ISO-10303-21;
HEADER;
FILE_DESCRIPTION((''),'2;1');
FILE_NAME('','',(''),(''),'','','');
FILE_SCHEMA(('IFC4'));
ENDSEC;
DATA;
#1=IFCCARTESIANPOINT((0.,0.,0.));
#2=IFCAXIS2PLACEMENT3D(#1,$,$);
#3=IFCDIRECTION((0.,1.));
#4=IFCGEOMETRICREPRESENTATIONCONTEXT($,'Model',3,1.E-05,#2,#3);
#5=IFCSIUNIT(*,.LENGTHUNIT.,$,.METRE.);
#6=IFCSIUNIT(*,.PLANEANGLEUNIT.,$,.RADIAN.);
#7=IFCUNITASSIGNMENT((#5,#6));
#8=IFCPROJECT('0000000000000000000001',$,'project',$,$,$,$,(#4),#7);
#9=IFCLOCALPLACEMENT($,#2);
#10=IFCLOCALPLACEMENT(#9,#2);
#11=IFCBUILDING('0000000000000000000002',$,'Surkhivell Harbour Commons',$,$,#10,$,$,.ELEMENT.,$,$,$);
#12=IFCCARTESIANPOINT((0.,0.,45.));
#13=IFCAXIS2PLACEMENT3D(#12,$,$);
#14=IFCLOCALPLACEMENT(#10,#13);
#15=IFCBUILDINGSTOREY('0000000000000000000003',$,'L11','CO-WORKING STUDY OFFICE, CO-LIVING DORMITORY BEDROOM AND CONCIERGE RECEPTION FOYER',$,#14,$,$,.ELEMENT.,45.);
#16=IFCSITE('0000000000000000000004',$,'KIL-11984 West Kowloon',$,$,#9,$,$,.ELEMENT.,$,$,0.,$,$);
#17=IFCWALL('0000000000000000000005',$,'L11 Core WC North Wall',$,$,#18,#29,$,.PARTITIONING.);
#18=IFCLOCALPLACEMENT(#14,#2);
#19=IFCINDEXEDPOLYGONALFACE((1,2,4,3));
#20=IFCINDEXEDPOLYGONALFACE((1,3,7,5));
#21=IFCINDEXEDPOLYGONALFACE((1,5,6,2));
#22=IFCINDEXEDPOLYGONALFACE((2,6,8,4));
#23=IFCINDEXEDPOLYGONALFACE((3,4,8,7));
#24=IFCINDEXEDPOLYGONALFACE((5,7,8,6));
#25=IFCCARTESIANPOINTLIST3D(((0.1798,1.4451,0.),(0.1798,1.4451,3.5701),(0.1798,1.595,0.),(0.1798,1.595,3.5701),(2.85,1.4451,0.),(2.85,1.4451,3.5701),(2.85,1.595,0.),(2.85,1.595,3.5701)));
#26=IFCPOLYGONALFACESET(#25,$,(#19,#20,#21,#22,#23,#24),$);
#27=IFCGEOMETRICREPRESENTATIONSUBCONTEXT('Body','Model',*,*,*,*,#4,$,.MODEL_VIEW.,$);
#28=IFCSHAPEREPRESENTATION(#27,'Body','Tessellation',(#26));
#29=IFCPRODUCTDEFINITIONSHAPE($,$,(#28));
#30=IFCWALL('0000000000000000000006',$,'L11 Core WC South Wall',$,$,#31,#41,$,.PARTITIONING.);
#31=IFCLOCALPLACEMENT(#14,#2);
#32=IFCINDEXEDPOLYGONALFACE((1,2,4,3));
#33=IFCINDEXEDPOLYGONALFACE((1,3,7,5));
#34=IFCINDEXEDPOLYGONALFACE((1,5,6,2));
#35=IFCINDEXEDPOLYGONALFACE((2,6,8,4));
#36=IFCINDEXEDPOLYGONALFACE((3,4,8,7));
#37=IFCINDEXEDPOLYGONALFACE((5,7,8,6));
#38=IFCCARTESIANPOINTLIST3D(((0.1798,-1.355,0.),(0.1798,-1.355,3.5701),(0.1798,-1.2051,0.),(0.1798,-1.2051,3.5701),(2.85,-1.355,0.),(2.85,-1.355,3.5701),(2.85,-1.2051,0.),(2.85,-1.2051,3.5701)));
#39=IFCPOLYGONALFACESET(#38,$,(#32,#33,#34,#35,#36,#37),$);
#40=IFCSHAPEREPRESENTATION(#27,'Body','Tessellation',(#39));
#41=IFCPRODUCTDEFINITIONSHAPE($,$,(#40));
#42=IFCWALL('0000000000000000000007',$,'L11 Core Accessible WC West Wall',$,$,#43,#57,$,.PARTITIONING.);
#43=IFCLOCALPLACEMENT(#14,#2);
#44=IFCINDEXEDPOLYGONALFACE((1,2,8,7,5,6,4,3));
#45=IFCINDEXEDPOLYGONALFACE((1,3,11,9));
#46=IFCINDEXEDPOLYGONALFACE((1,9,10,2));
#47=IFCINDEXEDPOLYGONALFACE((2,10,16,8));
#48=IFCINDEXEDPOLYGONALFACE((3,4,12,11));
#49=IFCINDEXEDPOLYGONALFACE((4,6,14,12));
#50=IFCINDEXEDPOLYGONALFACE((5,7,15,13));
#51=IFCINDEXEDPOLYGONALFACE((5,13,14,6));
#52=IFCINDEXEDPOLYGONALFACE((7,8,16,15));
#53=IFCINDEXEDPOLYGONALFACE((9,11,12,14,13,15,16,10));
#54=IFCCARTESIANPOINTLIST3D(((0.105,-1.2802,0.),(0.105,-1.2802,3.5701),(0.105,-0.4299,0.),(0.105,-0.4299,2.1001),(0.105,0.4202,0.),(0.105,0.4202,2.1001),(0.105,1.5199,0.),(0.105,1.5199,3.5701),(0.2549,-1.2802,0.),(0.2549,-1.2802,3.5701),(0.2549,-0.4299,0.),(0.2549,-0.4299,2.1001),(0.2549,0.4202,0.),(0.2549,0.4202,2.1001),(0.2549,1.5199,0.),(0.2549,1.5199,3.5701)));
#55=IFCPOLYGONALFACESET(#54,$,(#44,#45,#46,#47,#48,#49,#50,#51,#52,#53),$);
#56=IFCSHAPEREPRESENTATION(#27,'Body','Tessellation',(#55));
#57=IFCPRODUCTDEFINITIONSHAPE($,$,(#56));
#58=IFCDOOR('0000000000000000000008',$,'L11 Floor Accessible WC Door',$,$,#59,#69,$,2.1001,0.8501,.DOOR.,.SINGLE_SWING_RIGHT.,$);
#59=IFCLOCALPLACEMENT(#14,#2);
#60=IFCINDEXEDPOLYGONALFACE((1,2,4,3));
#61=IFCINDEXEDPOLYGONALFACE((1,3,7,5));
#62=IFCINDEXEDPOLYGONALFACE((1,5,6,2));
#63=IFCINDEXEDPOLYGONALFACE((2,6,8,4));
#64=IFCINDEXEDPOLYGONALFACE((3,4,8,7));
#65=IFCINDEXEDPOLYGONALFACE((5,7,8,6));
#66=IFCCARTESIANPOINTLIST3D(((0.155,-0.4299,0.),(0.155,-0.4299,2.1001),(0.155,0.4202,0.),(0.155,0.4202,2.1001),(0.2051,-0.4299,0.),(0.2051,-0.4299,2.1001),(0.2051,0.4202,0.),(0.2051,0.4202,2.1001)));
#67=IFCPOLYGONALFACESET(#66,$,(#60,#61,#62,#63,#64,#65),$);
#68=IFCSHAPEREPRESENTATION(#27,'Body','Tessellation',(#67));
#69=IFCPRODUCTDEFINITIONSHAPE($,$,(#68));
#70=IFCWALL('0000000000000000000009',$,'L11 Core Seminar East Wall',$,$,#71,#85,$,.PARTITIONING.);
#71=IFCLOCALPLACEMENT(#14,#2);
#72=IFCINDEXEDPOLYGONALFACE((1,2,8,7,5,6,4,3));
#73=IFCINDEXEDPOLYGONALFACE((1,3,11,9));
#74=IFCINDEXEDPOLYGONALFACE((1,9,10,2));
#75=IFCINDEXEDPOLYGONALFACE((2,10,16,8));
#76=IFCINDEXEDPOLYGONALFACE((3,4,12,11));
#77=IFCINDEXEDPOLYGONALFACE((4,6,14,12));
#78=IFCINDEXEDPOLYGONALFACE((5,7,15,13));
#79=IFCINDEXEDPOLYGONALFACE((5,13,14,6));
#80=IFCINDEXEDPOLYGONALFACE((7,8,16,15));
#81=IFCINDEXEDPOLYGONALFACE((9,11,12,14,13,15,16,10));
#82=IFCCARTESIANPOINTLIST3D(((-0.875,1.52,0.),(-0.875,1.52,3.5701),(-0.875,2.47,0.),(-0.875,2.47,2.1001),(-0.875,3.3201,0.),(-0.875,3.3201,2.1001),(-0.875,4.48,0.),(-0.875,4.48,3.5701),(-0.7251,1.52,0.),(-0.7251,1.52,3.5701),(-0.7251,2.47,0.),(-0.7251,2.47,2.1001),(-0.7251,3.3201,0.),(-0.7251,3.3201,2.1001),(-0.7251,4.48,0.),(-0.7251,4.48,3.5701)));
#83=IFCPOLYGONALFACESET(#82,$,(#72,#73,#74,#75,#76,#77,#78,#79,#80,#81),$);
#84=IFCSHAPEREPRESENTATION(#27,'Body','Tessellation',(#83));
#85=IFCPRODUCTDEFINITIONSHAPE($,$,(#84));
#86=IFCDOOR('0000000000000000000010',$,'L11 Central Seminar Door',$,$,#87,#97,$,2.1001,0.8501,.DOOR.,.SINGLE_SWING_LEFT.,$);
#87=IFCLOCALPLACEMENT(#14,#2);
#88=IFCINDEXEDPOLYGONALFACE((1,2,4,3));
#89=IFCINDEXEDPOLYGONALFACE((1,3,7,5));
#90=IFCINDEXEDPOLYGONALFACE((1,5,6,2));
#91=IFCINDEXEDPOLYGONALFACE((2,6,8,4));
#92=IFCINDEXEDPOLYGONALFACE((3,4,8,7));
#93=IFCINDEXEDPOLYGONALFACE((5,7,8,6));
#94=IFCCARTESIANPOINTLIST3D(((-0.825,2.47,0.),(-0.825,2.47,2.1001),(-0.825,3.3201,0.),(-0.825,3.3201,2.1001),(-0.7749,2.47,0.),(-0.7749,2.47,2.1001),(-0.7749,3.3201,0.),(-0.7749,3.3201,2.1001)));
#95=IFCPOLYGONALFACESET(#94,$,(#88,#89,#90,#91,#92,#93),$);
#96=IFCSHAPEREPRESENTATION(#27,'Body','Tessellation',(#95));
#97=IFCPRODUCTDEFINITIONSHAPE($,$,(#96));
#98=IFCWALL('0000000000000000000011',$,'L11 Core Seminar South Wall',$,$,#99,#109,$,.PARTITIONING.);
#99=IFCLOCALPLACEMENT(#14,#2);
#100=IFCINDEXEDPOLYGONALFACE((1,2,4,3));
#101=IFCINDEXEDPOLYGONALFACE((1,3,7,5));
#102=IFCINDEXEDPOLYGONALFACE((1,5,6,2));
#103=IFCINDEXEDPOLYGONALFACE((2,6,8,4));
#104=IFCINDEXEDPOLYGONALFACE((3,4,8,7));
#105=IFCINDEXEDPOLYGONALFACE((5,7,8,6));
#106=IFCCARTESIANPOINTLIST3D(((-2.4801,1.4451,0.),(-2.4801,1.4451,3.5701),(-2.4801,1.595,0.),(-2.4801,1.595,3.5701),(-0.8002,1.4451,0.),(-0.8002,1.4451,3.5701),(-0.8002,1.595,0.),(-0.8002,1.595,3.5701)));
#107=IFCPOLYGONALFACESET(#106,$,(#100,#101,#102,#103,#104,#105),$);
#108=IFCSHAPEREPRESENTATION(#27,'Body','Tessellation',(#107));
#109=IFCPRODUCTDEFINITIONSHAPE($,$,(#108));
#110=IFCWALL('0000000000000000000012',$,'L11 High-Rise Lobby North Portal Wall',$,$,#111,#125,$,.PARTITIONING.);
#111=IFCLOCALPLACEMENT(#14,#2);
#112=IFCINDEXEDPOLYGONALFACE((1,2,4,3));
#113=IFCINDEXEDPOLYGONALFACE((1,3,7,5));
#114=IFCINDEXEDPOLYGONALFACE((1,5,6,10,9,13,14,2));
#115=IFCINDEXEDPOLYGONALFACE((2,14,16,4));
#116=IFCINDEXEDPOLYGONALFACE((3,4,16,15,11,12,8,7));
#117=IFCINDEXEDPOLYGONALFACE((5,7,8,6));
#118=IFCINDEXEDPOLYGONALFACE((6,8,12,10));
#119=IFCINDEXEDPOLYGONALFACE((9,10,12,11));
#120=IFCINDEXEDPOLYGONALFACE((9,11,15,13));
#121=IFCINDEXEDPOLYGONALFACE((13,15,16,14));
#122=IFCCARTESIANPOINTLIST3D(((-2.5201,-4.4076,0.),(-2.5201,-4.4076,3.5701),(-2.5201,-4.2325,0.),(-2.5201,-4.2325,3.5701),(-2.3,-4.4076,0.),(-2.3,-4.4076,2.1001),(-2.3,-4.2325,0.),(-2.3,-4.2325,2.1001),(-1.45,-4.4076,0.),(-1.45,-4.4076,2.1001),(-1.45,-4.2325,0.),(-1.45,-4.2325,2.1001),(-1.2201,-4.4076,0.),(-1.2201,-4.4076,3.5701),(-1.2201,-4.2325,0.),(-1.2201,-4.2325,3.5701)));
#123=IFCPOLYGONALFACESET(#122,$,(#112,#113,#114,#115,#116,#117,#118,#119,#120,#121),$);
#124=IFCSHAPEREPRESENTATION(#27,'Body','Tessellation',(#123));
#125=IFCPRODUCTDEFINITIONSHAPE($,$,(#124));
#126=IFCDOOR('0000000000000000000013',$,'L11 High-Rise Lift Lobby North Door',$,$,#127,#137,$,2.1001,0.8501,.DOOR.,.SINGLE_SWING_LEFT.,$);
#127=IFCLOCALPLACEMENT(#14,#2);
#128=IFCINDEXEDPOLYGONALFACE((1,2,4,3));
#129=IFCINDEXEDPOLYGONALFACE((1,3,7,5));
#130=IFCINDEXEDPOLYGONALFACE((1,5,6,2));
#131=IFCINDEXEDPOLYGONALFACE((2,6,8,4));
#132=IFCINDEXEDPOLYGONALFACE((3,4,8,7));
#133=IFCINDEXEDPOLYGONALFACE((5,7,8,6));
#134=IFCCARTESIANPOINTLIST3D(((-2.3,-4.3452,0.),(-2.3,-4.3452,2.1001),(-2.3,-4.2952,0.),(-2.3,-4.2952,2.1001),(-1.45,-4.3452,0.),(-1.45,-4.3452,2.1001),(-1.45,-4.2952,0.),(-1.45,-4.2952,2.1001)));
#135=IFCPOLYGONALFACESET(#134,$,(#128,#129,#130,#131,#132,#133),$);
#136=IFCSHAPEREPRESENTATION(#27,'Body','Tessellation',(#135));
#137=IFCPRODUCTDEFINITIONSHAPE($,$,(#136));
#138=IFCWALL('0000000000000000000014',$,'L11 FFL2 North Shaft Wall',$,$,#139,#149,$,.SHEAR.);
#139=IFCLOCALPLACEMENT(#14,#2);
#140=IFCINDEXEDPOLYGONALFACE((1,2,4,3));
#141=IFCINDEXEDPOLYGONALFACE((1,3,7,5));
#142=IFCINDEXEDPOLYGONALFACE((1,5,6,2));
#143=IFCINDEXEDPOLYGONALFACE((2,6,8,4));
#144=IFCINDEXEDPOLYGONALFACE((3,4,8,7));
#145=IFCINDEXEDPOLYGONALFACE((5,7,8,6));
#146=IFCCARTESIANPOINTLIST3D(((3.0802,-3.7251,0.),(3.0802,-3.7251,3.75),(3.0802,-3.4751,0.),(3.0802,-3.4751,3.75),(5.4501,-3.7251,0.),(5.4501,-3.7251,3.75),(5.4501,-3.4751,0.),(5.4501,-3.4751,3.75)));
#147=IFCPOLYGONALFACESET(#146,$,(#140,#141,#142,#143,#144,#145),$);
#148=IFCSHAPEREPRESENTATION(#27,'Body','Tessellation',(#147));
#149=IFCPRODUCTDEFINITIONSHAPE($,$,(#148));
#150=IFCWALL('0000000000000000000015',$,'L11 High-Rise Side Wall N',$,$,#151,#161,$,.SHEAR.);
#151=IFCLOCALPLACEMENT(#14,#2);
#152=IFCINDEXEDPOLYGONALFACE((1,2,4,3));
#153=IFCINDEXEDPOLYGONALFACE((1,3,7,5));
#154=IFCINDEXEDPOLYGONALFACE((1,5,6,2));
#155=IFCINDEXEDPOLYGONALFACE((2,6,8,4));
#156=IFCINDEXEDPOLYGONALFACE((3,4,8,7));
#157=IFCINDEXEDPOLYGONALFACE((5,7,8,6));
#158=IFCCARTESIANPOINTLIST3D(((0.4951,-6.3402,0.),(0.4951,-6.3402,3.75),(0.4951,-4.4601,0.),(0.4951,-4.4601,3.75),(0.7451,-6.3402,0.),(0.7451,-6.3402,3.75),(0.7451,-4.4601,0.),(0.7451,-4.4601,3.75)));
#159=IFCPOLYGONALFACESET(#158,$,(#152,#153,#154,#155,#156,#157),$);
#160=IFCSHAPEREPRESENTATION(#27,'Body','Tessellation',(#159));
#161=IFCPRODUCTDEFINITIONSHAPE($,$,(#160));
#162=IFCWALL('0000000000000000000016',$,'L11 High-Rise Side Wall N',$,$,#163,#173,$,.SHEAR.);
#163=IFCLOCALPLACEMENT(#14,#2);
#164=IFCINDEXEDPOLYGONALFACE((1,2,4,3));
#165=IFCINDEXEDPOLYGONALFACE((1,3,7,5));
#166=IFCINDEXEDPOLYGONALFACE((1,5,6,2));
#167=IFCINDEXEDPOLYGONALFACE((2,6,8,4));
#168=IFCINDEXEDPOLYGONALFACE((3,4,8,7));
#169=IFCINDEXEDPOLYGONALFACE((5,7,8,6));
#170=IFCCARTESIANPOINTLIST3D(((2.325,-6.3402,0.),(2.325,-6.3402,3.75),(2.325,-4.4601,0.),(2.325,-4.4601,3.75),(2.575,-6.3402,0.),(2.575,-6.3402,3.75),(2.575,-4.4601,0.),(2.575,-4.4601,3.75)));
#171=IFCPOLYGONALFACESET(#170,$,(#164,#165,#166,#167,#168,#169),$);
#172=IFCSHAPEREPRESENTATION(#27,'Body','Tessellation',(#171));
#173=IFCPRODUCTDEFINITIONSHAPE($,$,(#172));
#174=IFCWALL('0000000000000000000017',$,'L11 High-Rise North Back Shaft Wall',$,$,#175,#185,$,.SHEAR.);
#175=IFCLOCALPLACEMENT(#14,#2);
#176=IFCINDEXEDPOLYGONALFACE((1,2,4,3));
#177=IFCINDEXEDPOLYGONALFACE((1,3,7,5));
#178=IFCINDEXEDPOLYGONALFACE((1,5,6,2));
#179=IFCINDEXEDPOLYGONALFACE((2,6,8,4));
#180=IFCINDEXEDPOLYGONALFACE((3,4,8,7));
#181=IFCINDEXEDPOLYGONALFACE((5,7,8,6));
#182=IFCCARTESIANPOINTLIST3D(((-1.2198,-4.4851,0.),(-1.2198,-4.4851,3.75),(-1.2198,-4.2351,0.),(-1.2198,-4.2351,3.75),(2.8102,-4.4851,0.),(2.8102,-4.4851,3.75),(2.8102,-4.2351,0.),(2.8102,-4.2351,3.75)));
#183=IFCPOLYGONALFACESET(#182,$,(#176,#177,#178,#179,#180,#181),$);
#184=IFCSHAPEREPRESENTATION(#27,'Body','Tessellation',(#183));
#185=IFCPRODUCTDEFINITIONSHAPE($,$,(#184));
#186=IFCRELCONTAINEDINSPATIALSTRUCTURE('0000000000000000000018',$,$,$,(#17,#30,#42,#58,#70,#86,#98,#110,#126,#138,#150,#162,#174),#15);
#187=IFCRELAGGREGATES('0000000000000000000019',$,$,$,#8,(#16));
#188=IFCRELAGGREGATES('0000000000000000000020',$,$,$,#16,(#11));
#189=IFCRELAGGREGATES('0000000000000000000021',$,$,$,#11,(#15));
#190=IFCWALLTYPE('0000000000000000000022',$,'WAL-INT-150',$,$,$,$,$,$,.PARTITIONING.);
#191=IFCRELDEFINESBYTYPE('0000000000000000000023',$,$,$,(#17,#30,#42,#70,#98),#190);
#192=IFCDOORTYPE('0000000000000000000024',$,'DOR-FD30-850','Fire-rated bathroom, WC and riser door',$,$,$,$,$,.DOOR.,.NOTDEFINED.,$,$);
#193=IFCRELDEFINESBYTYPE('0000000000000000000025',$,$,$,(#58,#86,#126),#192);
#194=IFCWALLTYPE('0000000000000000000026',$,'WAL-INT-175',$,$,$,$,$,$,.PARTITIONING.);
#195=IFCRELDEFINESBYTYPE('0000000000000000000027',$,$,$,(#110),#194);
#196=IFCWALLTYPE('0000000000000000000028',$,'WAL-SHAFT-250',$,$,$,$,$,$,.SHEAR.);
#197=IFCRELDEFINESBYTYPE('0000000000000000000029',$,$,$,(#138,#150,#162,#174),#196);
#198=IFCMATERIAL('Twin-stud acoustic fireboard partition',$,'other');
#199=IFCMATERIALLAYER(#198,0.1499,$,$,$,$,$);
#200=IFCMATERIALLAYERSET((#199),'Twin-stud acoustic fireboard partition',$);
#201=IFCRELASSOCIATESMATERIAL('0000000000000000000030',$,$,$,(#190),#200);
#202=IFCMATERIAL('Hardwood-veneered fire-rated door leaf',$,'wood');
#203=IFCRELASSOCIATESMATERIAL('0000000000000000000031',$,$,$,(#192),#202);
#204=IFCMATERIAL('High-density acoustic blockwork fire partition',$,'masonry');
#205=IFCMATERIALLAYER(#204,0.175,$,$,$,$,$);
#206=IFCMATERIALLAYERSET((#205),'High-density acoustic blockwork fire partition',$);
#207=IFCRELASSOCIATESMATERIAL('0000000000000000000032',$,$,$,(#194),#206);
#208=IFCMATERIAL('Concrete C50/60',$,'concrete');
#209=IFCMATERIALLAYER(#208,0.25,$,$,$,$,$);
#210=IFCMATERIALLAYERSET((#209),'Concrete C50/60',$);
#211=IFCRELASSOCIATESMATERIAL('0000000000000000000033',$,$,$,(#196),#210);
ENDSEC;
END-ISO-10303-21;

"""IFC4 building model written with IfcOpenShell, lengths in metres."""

from ifc_helpers import new_model, si_unit, direction, frame, frame_2d, origin, place, context, subcontext, project, spatial, rectangle, extrude, material, layer, layer_set, type_object, element, fill, save


model = new_model("IFC4")

# Units and contexts
model_context = context("Model", 3, precision=1e-05, world=origin(), true_north=direction((0.0, 1.0)))
body_context = subcontext(model_context, "Body", "Model", "MODEL_VIEW")
ifc_project = project(units=[si_unit("LENGTHUNIT", "METRE"), si_unit("PLANEANGLEUNIT", "RADIAN")], contexts=[model_context])

# Site, building, storey
site_placement = place(None, origin())
site = spatial("IfcSite", under=ifc_project, at=site_placement, Name="KIL-11984 West Kowloon", CompositionType="ELEMENT", RefElevation=0.0)
building_placement = place(site_placement, origin())
building = spatial("IfcBuilding", under=site, at=building_placement, Name="Surkhivell Harbour Commons", CompositionType="ELEMENT")
storey_placement = place(building_placement, frame((0.0, 0.0, 45.0)))
storey = spatial("IfcBuildingStorey", under=building, at=storey_placement, Name="L11", Description="CO-WORKING STUDY OFFICE, CO-LIVING DORMITORY BEDROOM AND CONCIERGE RECEPTION FOYER", CompositionType="ELEMENT", Elevation=45.0)

# Walls
ifc_material_1 = material(Name="Twin-stud acoustic fireboard partition", Category="other")
ifc_layer_1 = layer(ifc_material_1, 0.1499)
ifc_layer_set_1 = layer_set([ifc_layer_1], Name="Twin-stud acoustic fireboard partition")
wall_type_1 = type_object("IfcWallType", Name="WAL-INT-150", PredefinedType="PARTITIONING", material=ifc_layer_set_1)
for number, where, z_axis, x_axis, name in (
    (1, (0.1799, 1.52, 0.0), (0.0, 0.0, 1.0), (1.0, 0.0, 0.0), "L11 Core WC North Wall"),
    (2, (0.1799, -1.28, 0.0), (0.0, 0.0, 1.0), (1.0, 0.0, 0.0), "L11 Core WC South Wall"),
):
    element("IfcWall", number, at=place(storey_placement, frame(where, z_axis=z_axis, x_axis=x_axis)), inside=storey, type_object=wall_type_1, Name=name, PredefinedType="PARTITIONING", context=body_context, shape_type="SweptSolid", body=[
        extrude(rectangle(XDim=2.6702, YDim=0.1499, at=frame_2d((1.335, 0.0))), origin(), (0.0, 0.0, 1.0), 3.5701),
    ])

# Walls, openings, doors
wall_1_placement = place(storey_placement, frame((0.1799, -1.28, 0.0), z_axis=(0.0, 0.0, 1.0), x_axis=(0.0, 1.0, 0.0)))
wall_1 = element("IfcWall", 3, at=wall_1_placement, inside=storey, type_object=wall_type_1, Name="L11 Core Accessible WC West Wall", PredefinedType="PARTITIONING", context=body_context, shape_type="SweptSolid", body=[
    extrude(rectangle(XDim=2.8, YDim=0.1499, at=frame_2d((1.3999, 0.0))), origin(), (0.0, 0.0, 1.0), 3.5701),
])
opening_1_placement = place(wall_1_placement, frame((0.8501, 0.0, 0.0)))
opening_1 = element("IfcOpeningElement", 4, at=opening_1_placement, cuts=wall_1, PredefinedType="OPENING", context=body_context, shape_type="SweptSolid", body=[
    extrude(rectangle(XDim=0.8501, YDim=2.1001, at=frame_2d((0.425, 1.05))), frame((0.0, 0.085, 0.0), z_axis=(0.0, -1.0, 0.0), x_axis=(1.0, 0.0, 0.0)), (0.0, 0.0, 1.0), 0.1699),
])
ifc_material_2 = material(Name="Hardwood-veneered fire-rated door leaf", Category="wood")
door_type_1 = type_object("IfcDoorType", Name="DOR-FD30-850", Description="Fire-rated bathroom, WC and riser door", OperationType="NOTDEFINED", PredefinedType="DOOR", material=ifc_material_2)
door_1_placement = place(opening_1_placement, origin())
door_1 = element("IfcDoor", 5, at=door_1_placement, inside=storey, type_object=door_type_1, Name="L11 Floor Accessible WC Door", OperationType="SINGLE_SWING_RIGHT", OverallHeight=2.1001, OverallWidth=0.8501, PredefinedType="DOOR", context=body_context, shape_type="SweptSolid", body=[
    extrude(rectangle(XDim=0.8501, YDim=2.1001, at=frame_2d((0.425, 1.05))), frame((0.0, 0.0249, 0.0), z_axis=(0.0, -1.0, 0.0), x_axis=(1.0, 0.0, 0.0)), (0.0, 0.0, 1.0), 0.05),
])
fill(opening_1, door_1)
wall_2_placement = place(storey_placement, frame((-0.8, 1.52, 0.0), z_axis=(0.0, 0.0, 1.0), x_axis=(0.0, 1.0, 0.0)))
wall_2 = element("IfcWall", 6, at=wall_2_placement, inside=storey, type_object=wall_type_1, Name="L11 Core Seminar East Wall", PredefinedType="PARTITIONING", context=body_context, shape_type="SweptSolid", body=[
    extrude(rectangle(XDim=2.96, YDim=0.1499, at=frame_2d((1.48, 0.0))), origin(), (0.0, 0.0, 1.0), 3.5701),
])
opening_2_placement = place(wall_2_placement, frame((0.95, 0.0, 0.0)))
opening_2 = element("IfcOpeningElement", 7, at=opening_2_placement, cuts=wall_2, PredefinedType="OPENING", context=body_context, shape_type="SweptSolid", body=[
    extrude(rectangle(XDim=0.8501, YDim=2.1001, at=frame_2d((0.425, 1.05))), frame((0.0, 0.085, 0.0), z_axis=(0.0, -1.0, 0.0), x_axis=(1.0, 0.0, 0.0)), (0.0, 0.0, 1.0), 0.1699),
])
door_2_placement = place(opening_2_placement, origin())
door_2 = element("IfcDoor", 8, at=door_2_placement, inside=storey, type_object=door_type_1, Name="L11 Central Seminar Door", OperationType="SINGLE_SWING_LEFT", OverallHeight=2.1001, OverallWidth=0.8501, PredefinedType="DOOR", context=body_context, shape_type="SweptSolid", body=[
    extrude(rectangle(XDim=0.8501, YDim=2.1001, at=frame_2d((0.425, 1.05))), frame((0.0, 0.0249, 0.0), z_axis=(0.0, -1.0, 0.0), x_axis=(1.0, 0.0, 0.0)), (0.0, 0.0, 1.0), 0.05),
])
fill(opening_2, door_2)

# Wall
wall_3_placement = place(storey_placement, frame((-2.48, 1.52, 0.0), z_axis=(0.0, 0.0, 1.0), x_axis=(1.0, 0.0, 0.0)))
element("IfcWall", 9, at=wall_3_placement, inside=storey, type_object=wall_type_1, Name="L11 Core Seminar South Wall", PredefinedType="PARTITIONING", context=body_context, shape_type="SweptSolid", body=[
    extrude(rectangle(XDim=1.6799, YDim=0.1499, at=frame_2d((0.8398, 0.0))), origin(), (0.0, 0.0, 1.0), 3.5701),
])

# Wall, opening, door
ifc_material_3 = material(Name="High-density acoustic blockwork fire partition", Category="masonry")
ifc_layer_2 = layer(ifc_material_3, 0.175)
ifc_layer_set_2 = layer_set([ifc_layer_2], Name="High-density acoustic blockwork fire partition")
wall_type_2 = type_object("IfcWallType", Name="WAL-INT-175", PredefinedType="PARTITIONING", material=ifc_layer_set_2)
wall_4_placement = place(storey_placement, frame((-2.52, -4.3201, 0.0), z_axis=(0.0, 0.0, 1.0), x_axis=(1.0, 0.0, 0.0)))
wall_4 = element("IfcWall", 10, at=wall_4_placement, inside=storey, type_object=wall_type_2, Name="L11 High-Rise Lobby North Portal Wall", PredefinedType="PARTITIONING", context=body_context, shape_type="SweptSolid", body=[
    extrude(rectangle(XDim=1.3, YDim=0.175, at=frame_2d((0.6499, 0.0))), origin(), (0.0, 0.0, 1.0), 3.5701),
])
opening_3_placement = place(wall_4_placement, frame((0.22, 0.0, 0.0)))
opening_3 = element("IfcOpeningElement", 11, at=opening_3_placement, cuts=wall_4, PredefinedType="OPENING", context=body_context, shape_type="SweptSolid", body=[
    extrude(rectangle(XDim=0.8501, YDim=2.1001, at=frame_2d((0.425, 1.05))), frame((0.0, 0.0974, 0.0), z_axis=(0.0, -1.0, 0.0), x_axis=(1.0, 0.0, 0.0)), (0.0, 0.0, 1.0), 0.1951),
])
door_3_placement = place(opening_3_placement, origin())
door_3 = element("IfcDoor", 12, at=door_3_placement, inside=storey, type_object=door_type_1, Name="L11 High-Rise Lift Lobby North Door", OperationType="SINGLE_SWING_LEFT", OverallHeight=2.1001, OverallWidth=0.8501, PredefinedType="DOOR", context=body_context, shape_type="SweptSolid", body=[
    extrude(rectangle(XDim=0.8501, YDim=2.1001, at=frame_2d((0.425, 1.05))), frame((0.0, 0.0249, 0.0), z_axis=(0.0, -1.0, 0.0), x_axis=(1.0, 0.0, 0.0)), (0.0, 0.0, 1.0), 0.05),
])
fill(opening_3, door_3)

# Walls
ifc_material_4 = material(Name="Concrete C50/60", Category="concrete")
ifc_layer_3 = layer(ifc_material_4, 0.25)
ifc_layer_set_3 = layer_set([ifc_layer_3], Name="Concrete C50/60")
wall_type_3 = type_object("IfcWallType", Name="WAL-SHAFT-250", PredefinedType="SHEAR", material=ifc_layer_set_3)
wall_5_placement = place(storey_placement, frame((3.0801, -3.6001, 0.0), z_axis=(0.0, 0.0, 1.0), x_axis=(1.0, 0.0, 0.0)))
element("IfcWall", 13, at=wall_5_placement, inside=storey, type_object=wall_type_3, Name="L11 FFL2 North Shaft Wall", PredefinedType="SHEAR", context=body_context, shape_type="SweptSolid", body=[
    extrude(rectangle(XDim=2.3699, YDim=0.25, at=frame_2d((1.1851, 0.0))), origin(), (0.0, 0.0, 1.0), 3.75),
])
for number, where, z_axis, x_axis, name in (
    (14, (0.6201, -6.3401, 0.0), (0.0, 0.0, 1.0), (0.0, 1.0, 0.0), "L11 High-Rise Side Wall N"),
    (15, (2.45, -6.3401, 0.0), (0.0, 0.0, 1.0), (0.0, 1.0, 0.0), "L11 High-Rise Side Wall N"),
):
    element("IfcWall", number, at=place(storey_placement, frame(where, z_axis=z_axis, x_axis=x_axis)), inside=storey, type_object=wall_type_3, Name=name, PredefinedType="SHEAR", context=body_context, shape_type="SweptSolid", body=[
        extrude(rectangle(XDim=1.8801, YDim=0.25, at=frame_2d((0.9399, 0.0))), origin(), (0.0, 0.0, 1.0), 3.75),
    ])
wall_6_placement = place(storey_placement, frame((-1.22, -4.3601, 0.0), z_axis=(0.0, 0.0, 1.0), x_axis=(1.0, 0.0, 0.0)))
element("IfcWall", 16, at=wall_6_placement, inside=storey, type_object=wall_type_3, Name="L11 High-Rise North Back Shaft Wall", PredefinedType="SHEAR", context=body_context, shape_type="SweptSolid", body=[
    extrude(rectangle(XDim=4.03, YDim=0.25, at=frame_2d((2.0151, 0.0))), origin(), (0.0, 0.0, 1.0), 3.75),
])

save(model, "model.ifc")
